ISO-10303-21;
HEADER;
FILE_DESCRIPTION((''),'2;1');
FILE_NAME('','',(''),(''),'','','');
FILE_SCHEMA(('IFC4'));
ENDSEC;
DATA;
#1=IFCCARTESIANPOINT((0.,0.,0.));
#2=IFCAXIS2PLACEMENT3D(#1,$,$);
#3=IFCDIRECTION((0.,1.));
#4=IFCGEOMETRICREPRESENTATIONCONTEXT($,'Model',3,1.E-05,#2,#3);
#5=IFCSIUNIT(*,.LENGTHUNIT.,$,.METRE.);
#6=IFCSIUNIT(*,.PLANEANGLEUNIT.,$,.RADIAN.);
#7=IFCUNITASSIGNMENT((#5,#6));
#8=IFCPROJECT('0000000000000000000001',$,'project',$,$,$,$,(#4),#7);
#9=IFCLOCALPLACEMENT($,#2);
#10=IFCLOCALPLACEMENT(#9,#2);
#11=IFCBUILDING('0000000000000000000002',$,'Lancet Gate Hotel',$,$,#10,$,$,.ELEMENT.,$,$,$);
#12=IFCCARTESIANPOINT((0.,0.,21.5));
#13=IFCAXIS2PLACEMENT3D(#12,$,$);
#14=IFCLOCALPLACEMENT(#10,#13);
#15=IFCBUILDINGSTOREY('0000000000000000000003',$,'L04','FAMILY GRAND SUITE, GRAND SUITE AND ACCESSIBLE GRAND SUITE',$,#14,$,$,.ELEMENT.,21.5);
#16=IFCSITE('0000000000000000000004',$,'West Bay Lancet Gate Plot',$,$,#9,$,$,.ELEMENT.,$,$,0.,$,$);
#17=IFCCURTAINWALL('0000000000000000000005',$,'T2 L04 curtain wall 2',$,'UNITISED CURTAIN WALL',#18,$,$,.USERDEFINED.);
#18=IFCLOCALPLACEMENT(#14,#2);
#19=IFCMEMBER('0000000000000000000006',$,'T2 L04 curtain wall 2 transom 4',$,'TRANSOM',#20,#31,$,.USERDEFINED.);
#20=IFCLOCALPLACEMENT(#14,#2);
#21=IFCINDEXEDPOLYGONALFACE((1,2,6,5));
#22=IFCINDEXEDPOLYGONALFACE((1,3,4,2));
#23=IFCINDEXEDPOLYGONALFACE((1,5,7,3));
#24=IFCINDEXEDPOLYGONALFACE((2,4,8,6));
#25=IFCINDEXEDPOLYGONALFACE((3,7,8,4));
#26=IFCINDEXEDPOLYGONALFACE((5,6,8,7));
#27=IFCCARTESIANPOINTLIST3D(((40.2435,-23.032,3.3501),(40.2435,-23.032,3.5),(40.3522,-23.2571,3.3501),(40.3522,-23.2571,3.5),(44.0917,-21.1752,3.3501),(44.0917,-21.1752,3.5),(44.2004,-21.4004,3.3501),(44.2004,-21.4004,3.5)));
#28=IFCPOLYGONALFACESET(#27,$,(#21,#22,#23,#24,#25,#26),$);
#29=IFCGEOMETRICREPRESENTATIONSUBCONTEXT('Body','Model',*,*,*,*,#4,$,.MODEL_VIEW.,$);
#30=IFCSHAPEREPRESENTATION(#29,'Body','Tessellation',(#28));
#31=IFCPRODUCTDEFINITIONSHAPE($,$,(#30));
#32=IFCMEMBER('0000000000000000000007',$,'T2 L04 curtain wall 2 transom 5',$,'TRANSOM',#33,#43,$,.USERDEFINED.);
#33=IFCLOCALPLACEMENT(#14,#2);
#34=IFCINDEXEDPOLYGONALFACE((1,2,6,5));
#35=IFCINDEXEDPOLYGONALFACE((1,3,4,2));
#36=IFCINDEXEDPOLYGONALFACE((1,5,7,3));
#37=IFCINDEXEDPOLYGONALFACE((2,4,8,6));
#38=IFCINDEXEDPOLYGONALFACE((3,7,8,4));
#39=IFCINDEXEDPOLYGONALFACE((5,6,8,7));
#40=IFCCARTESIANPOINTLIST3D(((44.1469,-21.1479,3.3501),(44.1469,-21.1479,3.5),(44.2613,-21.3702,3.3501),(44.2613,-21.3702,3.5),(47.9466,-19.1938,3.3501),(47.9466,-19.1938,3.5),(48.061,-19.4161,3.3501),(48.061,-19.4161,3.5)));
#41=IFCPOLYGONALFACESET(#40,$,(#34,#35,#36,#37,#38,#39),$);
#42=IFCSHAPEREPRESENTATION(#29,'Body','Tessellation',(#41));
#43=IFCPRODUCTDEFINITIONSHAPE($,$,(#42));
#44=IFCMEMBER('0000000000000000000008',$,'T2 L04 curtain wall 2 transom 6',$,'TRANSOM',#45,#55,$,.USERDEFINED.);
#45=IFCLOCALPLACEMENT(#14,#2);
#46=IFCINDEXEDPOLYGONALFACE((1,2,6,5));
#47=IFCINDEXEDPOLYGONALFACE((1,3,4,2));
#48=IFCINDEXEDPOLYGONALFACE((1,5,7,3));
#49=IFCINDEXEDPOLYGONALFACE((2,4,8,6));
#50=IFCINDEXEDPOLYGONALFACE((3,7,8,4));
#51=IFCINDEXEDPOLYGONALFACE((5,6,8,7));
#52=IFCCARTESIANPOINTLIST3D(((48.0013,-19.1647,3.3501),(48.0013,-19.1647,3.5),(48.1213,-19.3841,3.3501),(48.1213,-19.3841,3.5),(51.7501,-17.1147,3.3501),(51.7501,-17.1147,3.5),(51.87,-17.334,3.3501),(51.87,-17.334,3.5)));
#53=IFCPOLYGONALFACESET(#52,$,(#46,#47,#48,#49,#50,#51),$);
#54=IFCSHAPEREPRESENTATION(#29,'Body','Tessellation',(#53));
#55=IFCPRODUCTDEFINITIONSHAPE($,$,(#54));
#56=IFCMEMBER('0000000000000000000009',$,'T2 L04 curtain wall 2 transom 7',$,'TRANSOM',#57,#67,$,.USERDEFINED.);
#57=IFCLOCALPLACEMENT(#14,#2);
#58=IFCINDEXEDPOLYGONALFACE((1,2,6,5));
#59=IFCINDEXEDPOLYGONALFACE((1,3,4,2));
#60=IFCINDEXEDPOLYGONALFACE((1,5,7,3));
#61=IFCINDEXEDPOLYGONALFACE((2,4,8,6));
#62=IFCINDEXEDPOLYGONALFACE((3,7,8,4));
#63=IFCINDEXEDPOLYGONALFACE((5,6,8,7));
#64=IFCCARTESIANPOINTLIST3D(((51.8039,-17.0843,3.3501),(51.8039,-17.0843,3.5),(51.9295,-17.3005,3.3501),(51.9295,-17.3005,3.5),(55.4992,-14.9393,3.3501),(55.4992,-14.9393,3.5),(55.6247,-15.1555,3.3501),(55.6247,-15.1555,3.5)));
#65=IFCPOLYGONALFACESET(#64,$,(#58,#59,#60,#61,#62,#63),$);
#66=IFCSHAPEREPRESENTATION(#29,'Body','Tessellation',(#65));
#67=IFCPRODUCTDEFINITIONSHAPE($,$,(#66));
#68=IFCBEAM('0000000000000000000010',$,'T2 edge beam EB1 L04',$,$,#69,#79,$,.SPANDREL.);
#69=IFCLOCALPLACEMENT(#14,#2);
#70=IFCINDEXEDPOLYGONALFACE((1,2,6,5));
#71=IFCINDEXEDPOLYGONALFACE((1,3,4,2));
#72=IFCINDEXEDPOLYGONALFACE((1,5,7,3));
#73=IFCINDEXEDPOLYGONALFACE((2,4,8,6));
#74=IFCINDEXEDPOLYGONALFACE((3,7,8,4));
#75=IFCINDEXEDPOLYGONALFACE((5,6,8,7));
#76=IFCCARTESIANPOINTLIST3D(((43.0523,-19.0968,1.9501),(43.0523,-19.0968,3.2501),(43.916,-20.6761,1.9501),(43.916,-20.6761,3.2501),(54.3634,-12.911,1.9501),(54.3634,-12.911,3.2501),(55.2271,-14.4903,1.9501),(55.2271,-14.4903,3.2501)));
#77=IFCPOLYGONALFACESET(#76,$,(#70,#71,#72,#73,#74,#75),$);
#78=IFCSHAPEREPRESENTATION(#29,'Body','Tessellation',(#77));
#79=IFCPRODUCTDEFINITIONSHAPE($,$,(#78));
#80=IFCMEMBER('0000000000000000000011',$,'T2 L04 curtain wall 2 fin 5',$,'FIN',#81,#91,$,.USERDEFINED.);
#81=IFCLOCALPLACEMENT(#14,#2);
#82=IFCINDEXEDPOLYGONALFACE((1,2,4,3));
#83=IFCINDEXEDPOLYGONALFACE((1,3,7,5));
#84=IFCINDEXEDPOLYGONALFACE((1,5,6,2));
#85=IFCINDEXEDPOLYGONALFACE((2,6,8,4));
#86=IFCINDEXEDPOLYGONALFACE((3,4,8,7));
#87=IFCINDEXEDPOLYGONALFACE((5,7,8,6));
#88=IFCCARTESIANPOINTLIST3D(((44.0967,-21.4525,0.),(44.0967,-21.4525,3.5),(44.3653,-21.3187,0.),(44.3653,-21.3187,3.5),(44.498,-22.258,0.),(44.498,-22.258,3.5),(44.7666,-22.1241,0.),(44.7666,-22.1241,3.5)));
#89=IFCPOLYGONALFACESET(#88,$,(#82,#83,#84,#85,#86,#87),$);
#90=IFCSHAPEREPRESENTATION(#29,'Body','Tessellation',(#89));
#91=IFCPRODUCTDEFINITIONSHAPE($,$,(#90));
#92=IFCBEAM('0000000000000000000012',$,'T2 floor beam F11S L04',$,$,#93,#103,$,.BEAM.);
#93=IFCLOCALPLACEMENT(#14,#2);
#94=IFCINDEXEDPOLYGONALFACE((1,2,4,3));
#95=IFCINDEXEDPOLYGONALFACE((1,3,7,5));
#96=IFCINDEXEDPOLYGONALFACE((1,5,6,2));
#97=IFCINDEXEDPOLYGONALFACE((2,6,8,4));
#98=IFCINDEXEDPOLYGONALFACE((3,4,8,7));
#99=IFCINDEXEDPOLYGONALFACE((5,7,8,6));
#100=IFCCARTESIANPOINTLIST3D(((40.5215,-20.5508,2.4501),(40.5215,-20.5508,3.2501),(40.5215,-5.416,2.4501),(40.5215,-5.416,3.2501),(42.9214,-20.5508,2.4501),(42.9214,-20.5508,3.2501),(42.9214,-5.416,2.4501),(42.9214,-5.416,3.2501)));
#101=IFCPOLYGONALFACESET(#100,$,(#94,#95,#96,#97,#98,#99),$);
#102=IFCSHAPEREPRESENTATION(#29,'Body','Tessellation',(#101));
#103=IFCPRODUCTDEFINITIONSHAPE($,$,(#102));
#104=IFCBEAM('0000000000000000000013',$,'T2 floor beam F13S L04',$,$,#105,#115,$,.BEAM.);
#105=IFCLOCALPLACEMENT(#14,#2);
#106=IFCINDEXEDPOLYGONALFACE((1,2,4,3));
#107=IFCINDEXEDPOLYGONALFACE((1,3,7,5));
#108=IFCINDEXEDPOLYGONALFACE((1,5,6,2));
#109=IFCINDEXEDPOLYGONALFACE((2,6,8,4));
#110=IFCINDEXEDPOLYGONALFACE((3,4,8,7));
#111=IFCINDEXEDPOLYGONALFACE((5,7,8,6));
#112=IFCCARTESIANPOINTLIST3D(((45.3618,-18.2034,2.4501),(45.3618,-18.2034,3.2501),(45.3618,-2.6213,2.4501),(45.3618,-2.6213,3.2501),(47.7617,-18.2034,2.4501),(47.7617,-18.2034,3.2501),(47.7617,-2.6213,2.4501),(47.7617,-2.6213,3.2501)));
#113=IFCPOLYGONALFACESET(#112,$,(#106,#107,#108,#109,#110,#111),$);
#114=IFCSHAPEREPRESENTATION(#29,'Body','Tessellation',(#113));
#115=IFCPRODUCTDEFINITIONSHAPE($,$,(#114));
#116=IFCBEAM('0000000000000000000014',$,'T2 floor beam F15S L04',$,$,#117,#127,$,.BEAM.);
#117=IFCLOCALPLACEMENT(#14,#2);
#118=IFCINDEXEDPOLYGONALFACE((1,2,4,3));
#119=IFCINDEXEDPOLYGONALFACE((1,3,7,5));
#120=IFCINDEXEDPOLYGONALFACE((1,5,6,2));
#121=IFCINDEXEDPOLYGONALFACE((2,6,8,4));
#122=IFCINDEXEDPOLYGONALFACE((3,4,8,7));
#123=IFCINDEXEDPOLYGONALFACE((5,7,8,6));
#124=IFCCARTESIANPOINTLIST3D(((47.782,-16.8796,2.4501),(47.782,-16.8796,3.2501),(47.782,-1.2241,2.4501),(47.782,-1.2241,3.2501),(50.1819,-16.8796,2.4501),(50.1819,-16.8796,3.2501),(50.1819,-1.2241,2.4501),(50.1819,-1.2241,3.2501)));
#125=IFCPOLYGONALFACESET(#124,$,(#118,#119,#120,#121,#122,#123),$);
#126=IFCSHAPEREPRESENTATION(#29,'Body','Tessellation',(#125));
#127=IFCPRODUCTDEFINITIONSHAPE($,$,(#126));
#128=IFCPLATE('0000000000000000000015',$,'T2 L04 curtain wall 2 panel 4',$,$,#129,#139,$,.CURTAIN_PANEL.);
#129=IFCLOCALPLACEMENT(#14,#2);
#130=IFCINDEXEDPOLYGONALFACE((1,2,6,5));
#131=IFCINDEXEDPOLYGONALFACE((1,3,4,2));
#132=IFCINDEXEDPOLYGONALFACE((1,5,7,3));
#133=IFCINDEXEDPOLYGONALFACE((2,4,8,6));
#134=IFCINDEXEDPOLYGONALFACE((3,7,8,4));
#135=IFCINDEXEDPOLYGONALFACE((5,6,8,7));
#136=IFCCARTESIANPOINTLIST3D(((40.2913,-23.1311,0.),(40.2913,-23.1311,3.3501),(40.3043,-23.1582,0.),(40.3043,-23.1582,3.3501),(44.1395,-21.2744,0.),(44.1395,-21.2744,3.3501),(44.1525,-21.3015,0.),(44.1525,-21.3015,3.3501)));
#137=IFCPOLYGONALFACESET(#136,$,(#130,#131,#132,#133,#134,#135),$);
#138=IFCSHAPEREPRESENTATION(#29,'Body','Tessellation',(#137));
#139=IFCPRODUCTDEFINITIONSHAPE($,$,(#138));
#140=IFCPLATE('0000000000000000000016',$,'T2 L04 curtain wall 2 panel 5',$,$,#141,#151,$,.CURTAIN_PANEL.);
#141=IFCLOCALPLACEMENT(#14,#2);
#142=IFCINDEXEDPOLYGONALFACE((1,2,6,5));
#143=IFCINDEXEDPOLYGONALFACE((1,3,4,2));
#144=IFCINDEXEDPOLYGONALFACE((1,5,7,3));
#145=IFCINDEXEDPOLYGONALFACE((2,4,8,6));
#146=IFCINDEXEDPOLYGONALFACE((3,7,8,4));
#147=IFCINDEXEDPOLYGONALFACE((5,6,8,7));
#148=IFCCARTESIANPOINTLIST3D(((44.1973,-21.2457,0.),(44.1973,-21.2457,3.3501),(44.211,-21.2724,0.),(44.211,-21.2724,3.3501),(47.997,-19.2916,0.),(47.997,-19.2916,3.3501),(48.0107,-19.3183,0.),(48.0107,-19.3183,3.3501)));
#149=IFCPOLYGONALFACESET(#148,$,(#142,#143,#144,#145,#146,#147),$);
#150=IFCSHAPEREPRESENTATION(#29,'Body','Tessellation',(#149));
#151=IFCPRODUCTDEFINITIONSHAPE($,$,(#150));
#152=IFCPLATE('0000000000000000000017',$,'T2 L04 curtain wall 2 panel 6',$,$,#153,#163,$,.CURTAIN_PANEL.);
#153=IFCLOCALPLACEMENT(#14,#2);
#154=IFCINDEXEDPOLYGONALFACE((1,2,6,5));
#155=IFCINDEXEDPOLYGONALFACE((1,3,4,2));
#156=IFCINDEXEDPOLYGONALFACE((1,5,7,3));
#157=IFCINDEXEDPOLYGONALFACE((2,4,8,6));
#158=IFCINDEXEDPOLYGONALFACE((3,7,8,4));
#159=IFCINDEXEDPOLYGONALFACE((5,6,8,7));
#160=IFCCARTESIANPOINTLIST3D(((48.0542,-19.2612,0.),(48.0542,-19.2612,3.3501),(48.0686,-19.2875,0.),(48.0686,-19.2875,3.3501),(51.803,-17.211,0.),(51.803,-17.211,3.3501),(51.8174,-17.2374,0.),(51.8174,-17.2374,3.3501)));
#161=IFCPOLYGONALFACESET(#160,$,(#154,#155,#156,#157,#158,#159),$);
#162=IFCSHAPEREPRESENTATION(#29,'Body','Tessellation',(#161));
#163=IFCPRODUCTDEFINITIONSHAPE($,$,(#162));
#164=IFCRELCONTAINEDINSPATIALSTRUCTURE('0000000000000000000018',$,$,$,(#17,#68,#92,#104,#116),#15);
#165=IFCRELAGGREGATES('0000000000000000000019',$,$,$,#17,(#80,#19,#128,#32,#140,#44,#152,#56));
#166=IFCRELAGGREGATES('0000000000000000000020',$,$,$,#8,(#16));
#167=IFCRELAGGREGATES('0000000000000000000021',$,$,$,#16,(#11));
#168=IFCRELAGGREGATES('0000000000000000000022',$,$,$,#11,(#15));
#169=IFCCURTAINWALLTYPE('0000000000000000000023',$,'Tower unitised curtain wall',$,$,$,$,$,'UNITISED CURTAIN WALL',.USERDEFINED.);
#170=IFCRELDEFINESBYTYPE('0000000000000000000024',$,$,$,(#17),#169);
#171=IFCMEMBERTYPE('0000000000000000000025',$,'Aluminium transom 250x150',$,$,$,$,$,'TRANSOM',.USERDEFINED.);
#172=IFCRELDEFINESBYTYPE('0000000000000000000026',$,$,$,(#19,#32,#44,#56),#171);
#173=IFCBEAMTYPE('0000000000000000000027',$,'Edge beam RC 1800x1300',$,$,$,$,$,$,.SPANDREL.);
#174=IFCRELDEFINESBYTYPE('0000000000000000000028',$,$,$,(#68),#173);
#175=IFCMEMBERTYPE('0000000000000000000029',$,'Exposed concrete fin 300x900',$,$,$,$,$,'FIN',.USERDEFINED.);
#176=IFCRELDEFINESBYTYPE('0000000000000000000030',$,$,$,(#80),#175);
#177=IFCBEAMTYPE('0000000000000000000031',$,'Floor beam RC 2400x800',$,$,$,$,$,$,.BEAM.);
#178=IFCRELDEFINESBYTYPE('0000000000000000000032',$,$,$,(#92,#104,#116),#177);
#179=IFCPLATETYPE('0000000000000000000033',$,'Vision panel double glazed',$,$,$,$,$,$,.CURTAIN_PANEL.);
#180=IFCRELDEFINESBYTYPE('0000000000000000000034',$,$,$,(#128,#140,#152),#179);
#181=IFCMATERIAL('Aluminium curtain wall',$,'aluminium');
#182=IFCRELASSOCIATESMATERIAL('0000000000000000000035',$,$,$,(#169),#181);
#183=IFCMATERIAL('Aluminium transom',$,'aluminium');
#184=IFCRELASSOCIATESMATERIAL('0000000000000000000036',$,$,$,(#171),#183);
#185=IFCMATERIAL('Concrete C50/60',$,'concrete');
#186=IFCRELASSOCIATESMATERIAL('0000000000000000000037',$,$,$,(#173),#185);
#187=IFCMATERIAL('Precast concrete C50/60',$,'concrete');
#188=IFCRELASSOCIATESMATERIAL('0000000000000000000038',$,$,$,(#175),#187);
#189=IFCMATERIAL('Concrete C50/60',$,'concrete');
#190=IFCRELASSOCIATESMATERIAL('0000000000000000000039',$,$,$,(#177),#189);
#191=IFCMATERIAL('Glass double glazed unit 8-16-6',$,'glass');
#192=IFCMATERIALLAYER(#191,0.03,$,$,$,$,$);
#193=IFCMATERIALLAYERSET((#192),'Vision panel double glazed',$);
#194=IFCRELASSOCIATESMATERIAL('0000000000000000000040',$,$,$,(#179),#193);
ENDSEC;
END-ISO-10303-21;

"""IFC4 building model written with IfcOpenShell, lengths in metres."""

from ifc_helpers import new_model, si_unit, direction, frame, origin, origin_2d, place, context, subcontext, project, spatial, rectangle, extrude, material, layer, layer_set, material_profile, profile_set, type_object, element, aggregate, save


model = new_model("IFC4")

# Units and contexts
model_context = context("Model", 3, precision=1e-05, world=origin(), true_north=direction((0.0, 1.0)))
body_context = subcontext(model_context, "Body", "Model", "MODEL_VIEW")
ifc_project = project(units=[si_unit("LENGTHUNIT", "METRE"), si_unit("PLANEANGLEUNIT", "RADIAN")], contexts=[model_context])

# Site, building, storey
site_placement = place(None, origin())
site = spatial("IfcSite", under=ifc_project, at=site_placement, Name="West Bay Lancet Gate Plot", CompositionType="ELEMENT", RefElevation=0.0)
building_placement = place(site_placement, origin())
building = spatial("IfcBuilding", under=site, at=building_placement, Name="Lancet Gate Hotel", CompositionType="ELEMENT")
storey_placement = place(building_placement, frame((0.0, 0.0, 21.5)))
storey = spatial("IfcBuildingStorey", under=building, at=storey_placement, Name="L04", Description="FAMILY GRAND SUITE, GRAND SUITE AND ACCESSIBLE GRAND SUITE", CompositionType="ELEMENT", Elevation=21.5)

# Curtain wall, members
ifc_material_1 = material(Name="Aluminium curtain wall", Category="aluminium")
curtain_wall_type = type_object("IfcCurtainWallType", Name="Tower unitised curtain wall", ElementType="UNITISED CURTAIN WALL", PredefinedType="USERDEFINED", material=ifc_material_1)
curtain_wall_placement = place(storey_placement, origin())
curtain_wall = element("IfcCurtainWall", 1, at=curtain_wall_placement, inside=storey, type_object=curtain_wall_type, Name="T2 L04 curtain wall 2", ObjectType="UNITISED CURTAIN WALL", PredefinedType="USERDEFINED")
ifc_material_2 = material(Name="Aluminium transom", Category="aluminium")
ifc_material_profile_1 = material_profile(ifc_material_2, rectangle(XDim=0.25, YDim=0.1499, at=origin_2d()), Name="TRANSOM 250x150")
ifc_profile_set_1 = profile_set([ifc_material_profile_1], Name="Aluminium transom")
member_type_1 = type_object("IfcMemberType", Name="Aluminium transom 250x150", ElementType="TRANSOM", PredefinedType="USERDEFINED", material=ifc_profile_set_1)
member_1_placement = place(storey_placement, frame((40.2979, -23.1445, 3.425), z_axis=(0.900646, 0.434553, 0.0), x_axis=(-0.434553, 0.900646, 0.0)))
member_1 = element("IfcMember", 2, at=member_1_placement, type_object=member_type_1, Name="T2 L04 curtain wall 2 transom 4", ObjectType="TRANSOM", PredefinedType="USERDEFINED", context=body_context, shape_type="SweptSolid", body=[
    extrude(rectangle(XDim=0.25, YDim=0.1499, at=origin_2d()), origin(), (0.0, 0.0, 1.0), 4.2727),
])
member_2_placement = place(storey_placement, frame((44.2041, -21.259, 3.425), z_axis=(0.889296, 0.457333, 0.0), x_axis=(-0.457333, 0.889296, 0.0)))
member_2 = element("IfcMember", 3, at=member_2_placement, type_object=member_type_1, Name="T2 L04 curtain wall 2 transom 5", ObjectType="TRANSOM", PredefinedType="USERDEFINED", context=body_context, shape_type="SweptSolid", body=[
    extrude(rectangle(XDim=0.25, YDim=0.1499, at=origin_2d()), origin(), (0.0, 0.0, 1.0), 4.2727),
])
member_3_placement = place(storey_placement, frame((48.0613, -19.2744, 3.425), z_axis=(0.877378, 0.479801, 0.0), x_axis=(-0.479801, 0.877378, 0.0)))
member_3 = element("IfcMember", 4, at=member_3_placement, type_object=member_type_1, Name="T2 L04 curtain wall 2 transom 6", ObjectType="TRANSOM", PredefinedType="USERDEFINED", context=body_context, shape_type="SweptSolid", body=[
    extrude(rectangle(XDim=0.25, YDim=0.1499, at=origin_2d()), origin(), (0.0, 0.0, 1.0), 4.2727),
])
member_4_placement = place(storey_placement, frame((51.8667, -17.1924, 3.425), z_axis=(0.864855, 0.502022, 0.0), x_axis=(-0.502022, 0.864855, 0.0)))
member_4 = element("IfcMember", 5, at=member_4_placement, type_object=member_type_1, Name="T2 L04 curtain wall 2 transom 7", ObjectType="TRANSOM", PredefinedType="USERDEFINED", context=body_context, shape_type="SweptSolid", body=[
    extrude(rectangle(XDim=0.25, YDim=0.1499, at=origin_2d()), origin(), (0.0, 0.0, 1.0), 4.2727),
])

# Beam
ifc_material_3 = material(Name="Concrete C50/60", Category="concrete")
ifc_material_profile_2 = material_profile(ifc_material_3, rectangle(XDim=1.8, YDim=1.3, at=origin_2d()), Name="RC 1800x1300")
ifc_profile_set_2 = profile_set([ifc_material_profile_2], Name="Concrete C50/60")
beam_type_1 = type_object("IfcBeamType", Name="Edge beam RC 1800x1300", PredefinedType="SPANDREL", material=ifc_profile_set_2)
beam_1_placement = place(storey_placement, frame((43.4841, -19.8865, 2.6001), z_axis=(0.877369, 0.479816, 0.0), x_axis=(-0.479816, 0.877369, 0.0)))
element("IfcBeam", 6, at=beam_1_placement, inside=storey, type_object=beam_type_1, Name="T2 edge beam EB1 L04", PredefinedType="SPANDREL", context=body_context, shape_type="SweptSolid", body=[
    extrude(rectangle(XDim=1.8, YDim=1.3, at=origin_2d()), origin(), (0.0, 0.0, 1.0), 12.8921),
])

# Member
ifc_material_4 = material(Name="Precast concrete C50/60", Category="concrete")
ifc_material_profile_3 = material_profile(ifc_material_4, rectangle(XDim=0.3, YDim=0.8999, at=origin_2d()), Name="FIN 300x900")
ifc_profile_set_3 = profile_set([ifc_material_profile_3], Name="Precast concrete C50/60")
member_type_2 = type_object("IfcMemberType", Name="Exposed concrete fin 300x900", ElementType="FIN", PredefinedType="USERDEFINED", material=ifc_profile_set_3)
member_5_placement = place(storey_placement, frame((44.4316, -21.7883, 0.0), z_axis=(0.0, 0.0, 1.0), x_axis=(0.895044, 0.445978, 0.0)))
member_5 = element("IfcMember", 7, at=member_5_placement, type_object=member_type_2, Name="T2 L04 curtain wall 2 fin 5", ObjectType="FIN", PredefinedType="USERDEFINED", context=body_context, shape_type="SweptSolid", body=[
    extrude(rectangle(XDim=0.3, YDim=0.8999, at=origin_2d()), origin(), (0.0, 0.0, 1.0), 3.5),
])

# Beams
ifc_material_5 = material(Name="Concrete C50/60", Category="concrete")
ifc_material_profile_4 = material_profile(ifc_material_5, rectangle(XDim=2.3999, YDim=0.8, at=origin_2d()), Name="RC 2400x800")
ifc_profile_set_4 = profile_set([ifc_material_profile_4], Name="Concrete C50/60")
beam_type_2 = type_object("IfcBeamType", Name="Floor beam RC 2400x800", PredefinedType="BEAM", material=ifc_profile_set_4)
beam_2_placement = place(storey_placement, frame((41.7214, -20.5508, 2.8501), z_axis=(0.0, 1.0, 0.0), x_axis=(-1.0, 0.0, 0.0)))
element("IfcBeam", 8, at=beam_2_placement, inside=storey, type_object=beam_type_2, Name="T2 floor beam F11S L04", PredefinedType="BEAM", context=body_context, shape_type="SweptSolid", body=[
    extrude(rectangle(XDim=2.3999, YDim=0.8, at=origin_2d()), origin(), (0.0, 0.0, 1.0), 15.1348),
])
beam_3_placement = place(storey_placement, frame((46.5618, -18.2034, 2.8501), z_axis=(0.0, 1.0, 0.0), x_axis=(-1.0, 0.0, 0.0)))
element("IfcBeam", 9, at=beam_3_placement, inside=storey, type_object=beam_type_2, Name="T2 floor beam F13S L04", PredefinedType="BEAM", context=body_context, shape_type="SweptSolid", body=[
    extrude(rectangle(XDim=2.3999, YDim=0.8, at=origin_2d()), origin(), (0.0, 0.0, 1.0), 15.582),
])
beam_4_placement = place(storey_placement, frame((48.9819, -16.8796, 2.8501), z_axis=(0.0, 1.0, 0.0), x_axis=(-1.0, 0.0, 0.0)))
element("IfcBeam", 10, at=beam_4_placement, inside=storey, type_object=beam_type_2, Name="T2 floor beam F15S L04", PredefinedType="BEAM", context=body_context, shape_type="SweptSolid", body=[
    extrude(rectangle(XDim=2.3999, YDim=0.8, at=origin_2d()), origin(), (0.0, 0.0, 1.0), 15.6555),
])

# Plates
ifc_material_6 = material(Name="Glass double glazed unit 8-16-6", Category="glass")
ifc_layer = layer(ifc_material_6, 0.03)
ifc_layer_set = layer_set([ifc_layer], Name="Vision panel double glazed")
plate_type = type_object("IfcPlateType", Name="Vision panel double glazed", PredefinedType="CURTAIN_PANEL", material=ifc_layer_set)
plate_1_placement = place(storey_placement, frame((42.2219, -22.2163, 0.0), z_axis=(0.0, 0.0, 1.0), x_axis=(0.900647, 0.43455, 0.0)))
plate_1 = element("IfcPlate", 11, at=plate_1_placement, type_object=plate_type, Name="T2 L04 curtain wall 2 panel 4", PredefinedType="CURTAIN_PANEL", context=body_context, shape_type="SweptSolid", body=[
    extrude(rectangle(XDim=4.2727, YDim=0.03, at=origin_2d()), origin(), (0.0, 0.0, 1.0), 3.3501),
])
plate_2_placement = place(storey_placement, frame((46.104, -20.282, 0.0), z_axis=(0.0, 0.0, 1.0), x_axis=(0.889296, 0.457332, 0.0)))
plate_2 = element("IfcPlate", 12, at=plate_2_placement, type_object=plate_type, Name="T2 L04 curtain wall 2 panel 5", PredefinedType="CURTAIN_PANEL", context=body_context, shape_type="SweptSolid", body=[
    extrude(rectangle(XDim=4.2727, YDim=0.03, at=origin_2d()), origin(), (0.0, 0.0, 1.0), 3.3501),
])
plate_3_placement = place(storey_placement, frame((49.9358, -18.2493, 0.0), z_axis=(0.0, 0.0, 1.0), x_axis=(0.877368, 0.479818, 0.0)))
plate_3 = element("IfcPlate", 13, at=plate_3_placement, type_object=plate_type, Name="T2 L04 curtain wall 2 panel 6", PredefinedType="CURTAIN_PANEL", context=body_context, shape_type="SweptSolid", body=[
    extrude(rectangle(XDim=4.2727, YDim=0.03, at=origin_2d()), origin(), (0.0, 0.0, 1.0), 3.3501),
])
aggregate(curtain_wall, [member_5, member_1, plate_1, member_2, plate_2, member_3, plate_3, member_4])

save(model, "model.ifc")
